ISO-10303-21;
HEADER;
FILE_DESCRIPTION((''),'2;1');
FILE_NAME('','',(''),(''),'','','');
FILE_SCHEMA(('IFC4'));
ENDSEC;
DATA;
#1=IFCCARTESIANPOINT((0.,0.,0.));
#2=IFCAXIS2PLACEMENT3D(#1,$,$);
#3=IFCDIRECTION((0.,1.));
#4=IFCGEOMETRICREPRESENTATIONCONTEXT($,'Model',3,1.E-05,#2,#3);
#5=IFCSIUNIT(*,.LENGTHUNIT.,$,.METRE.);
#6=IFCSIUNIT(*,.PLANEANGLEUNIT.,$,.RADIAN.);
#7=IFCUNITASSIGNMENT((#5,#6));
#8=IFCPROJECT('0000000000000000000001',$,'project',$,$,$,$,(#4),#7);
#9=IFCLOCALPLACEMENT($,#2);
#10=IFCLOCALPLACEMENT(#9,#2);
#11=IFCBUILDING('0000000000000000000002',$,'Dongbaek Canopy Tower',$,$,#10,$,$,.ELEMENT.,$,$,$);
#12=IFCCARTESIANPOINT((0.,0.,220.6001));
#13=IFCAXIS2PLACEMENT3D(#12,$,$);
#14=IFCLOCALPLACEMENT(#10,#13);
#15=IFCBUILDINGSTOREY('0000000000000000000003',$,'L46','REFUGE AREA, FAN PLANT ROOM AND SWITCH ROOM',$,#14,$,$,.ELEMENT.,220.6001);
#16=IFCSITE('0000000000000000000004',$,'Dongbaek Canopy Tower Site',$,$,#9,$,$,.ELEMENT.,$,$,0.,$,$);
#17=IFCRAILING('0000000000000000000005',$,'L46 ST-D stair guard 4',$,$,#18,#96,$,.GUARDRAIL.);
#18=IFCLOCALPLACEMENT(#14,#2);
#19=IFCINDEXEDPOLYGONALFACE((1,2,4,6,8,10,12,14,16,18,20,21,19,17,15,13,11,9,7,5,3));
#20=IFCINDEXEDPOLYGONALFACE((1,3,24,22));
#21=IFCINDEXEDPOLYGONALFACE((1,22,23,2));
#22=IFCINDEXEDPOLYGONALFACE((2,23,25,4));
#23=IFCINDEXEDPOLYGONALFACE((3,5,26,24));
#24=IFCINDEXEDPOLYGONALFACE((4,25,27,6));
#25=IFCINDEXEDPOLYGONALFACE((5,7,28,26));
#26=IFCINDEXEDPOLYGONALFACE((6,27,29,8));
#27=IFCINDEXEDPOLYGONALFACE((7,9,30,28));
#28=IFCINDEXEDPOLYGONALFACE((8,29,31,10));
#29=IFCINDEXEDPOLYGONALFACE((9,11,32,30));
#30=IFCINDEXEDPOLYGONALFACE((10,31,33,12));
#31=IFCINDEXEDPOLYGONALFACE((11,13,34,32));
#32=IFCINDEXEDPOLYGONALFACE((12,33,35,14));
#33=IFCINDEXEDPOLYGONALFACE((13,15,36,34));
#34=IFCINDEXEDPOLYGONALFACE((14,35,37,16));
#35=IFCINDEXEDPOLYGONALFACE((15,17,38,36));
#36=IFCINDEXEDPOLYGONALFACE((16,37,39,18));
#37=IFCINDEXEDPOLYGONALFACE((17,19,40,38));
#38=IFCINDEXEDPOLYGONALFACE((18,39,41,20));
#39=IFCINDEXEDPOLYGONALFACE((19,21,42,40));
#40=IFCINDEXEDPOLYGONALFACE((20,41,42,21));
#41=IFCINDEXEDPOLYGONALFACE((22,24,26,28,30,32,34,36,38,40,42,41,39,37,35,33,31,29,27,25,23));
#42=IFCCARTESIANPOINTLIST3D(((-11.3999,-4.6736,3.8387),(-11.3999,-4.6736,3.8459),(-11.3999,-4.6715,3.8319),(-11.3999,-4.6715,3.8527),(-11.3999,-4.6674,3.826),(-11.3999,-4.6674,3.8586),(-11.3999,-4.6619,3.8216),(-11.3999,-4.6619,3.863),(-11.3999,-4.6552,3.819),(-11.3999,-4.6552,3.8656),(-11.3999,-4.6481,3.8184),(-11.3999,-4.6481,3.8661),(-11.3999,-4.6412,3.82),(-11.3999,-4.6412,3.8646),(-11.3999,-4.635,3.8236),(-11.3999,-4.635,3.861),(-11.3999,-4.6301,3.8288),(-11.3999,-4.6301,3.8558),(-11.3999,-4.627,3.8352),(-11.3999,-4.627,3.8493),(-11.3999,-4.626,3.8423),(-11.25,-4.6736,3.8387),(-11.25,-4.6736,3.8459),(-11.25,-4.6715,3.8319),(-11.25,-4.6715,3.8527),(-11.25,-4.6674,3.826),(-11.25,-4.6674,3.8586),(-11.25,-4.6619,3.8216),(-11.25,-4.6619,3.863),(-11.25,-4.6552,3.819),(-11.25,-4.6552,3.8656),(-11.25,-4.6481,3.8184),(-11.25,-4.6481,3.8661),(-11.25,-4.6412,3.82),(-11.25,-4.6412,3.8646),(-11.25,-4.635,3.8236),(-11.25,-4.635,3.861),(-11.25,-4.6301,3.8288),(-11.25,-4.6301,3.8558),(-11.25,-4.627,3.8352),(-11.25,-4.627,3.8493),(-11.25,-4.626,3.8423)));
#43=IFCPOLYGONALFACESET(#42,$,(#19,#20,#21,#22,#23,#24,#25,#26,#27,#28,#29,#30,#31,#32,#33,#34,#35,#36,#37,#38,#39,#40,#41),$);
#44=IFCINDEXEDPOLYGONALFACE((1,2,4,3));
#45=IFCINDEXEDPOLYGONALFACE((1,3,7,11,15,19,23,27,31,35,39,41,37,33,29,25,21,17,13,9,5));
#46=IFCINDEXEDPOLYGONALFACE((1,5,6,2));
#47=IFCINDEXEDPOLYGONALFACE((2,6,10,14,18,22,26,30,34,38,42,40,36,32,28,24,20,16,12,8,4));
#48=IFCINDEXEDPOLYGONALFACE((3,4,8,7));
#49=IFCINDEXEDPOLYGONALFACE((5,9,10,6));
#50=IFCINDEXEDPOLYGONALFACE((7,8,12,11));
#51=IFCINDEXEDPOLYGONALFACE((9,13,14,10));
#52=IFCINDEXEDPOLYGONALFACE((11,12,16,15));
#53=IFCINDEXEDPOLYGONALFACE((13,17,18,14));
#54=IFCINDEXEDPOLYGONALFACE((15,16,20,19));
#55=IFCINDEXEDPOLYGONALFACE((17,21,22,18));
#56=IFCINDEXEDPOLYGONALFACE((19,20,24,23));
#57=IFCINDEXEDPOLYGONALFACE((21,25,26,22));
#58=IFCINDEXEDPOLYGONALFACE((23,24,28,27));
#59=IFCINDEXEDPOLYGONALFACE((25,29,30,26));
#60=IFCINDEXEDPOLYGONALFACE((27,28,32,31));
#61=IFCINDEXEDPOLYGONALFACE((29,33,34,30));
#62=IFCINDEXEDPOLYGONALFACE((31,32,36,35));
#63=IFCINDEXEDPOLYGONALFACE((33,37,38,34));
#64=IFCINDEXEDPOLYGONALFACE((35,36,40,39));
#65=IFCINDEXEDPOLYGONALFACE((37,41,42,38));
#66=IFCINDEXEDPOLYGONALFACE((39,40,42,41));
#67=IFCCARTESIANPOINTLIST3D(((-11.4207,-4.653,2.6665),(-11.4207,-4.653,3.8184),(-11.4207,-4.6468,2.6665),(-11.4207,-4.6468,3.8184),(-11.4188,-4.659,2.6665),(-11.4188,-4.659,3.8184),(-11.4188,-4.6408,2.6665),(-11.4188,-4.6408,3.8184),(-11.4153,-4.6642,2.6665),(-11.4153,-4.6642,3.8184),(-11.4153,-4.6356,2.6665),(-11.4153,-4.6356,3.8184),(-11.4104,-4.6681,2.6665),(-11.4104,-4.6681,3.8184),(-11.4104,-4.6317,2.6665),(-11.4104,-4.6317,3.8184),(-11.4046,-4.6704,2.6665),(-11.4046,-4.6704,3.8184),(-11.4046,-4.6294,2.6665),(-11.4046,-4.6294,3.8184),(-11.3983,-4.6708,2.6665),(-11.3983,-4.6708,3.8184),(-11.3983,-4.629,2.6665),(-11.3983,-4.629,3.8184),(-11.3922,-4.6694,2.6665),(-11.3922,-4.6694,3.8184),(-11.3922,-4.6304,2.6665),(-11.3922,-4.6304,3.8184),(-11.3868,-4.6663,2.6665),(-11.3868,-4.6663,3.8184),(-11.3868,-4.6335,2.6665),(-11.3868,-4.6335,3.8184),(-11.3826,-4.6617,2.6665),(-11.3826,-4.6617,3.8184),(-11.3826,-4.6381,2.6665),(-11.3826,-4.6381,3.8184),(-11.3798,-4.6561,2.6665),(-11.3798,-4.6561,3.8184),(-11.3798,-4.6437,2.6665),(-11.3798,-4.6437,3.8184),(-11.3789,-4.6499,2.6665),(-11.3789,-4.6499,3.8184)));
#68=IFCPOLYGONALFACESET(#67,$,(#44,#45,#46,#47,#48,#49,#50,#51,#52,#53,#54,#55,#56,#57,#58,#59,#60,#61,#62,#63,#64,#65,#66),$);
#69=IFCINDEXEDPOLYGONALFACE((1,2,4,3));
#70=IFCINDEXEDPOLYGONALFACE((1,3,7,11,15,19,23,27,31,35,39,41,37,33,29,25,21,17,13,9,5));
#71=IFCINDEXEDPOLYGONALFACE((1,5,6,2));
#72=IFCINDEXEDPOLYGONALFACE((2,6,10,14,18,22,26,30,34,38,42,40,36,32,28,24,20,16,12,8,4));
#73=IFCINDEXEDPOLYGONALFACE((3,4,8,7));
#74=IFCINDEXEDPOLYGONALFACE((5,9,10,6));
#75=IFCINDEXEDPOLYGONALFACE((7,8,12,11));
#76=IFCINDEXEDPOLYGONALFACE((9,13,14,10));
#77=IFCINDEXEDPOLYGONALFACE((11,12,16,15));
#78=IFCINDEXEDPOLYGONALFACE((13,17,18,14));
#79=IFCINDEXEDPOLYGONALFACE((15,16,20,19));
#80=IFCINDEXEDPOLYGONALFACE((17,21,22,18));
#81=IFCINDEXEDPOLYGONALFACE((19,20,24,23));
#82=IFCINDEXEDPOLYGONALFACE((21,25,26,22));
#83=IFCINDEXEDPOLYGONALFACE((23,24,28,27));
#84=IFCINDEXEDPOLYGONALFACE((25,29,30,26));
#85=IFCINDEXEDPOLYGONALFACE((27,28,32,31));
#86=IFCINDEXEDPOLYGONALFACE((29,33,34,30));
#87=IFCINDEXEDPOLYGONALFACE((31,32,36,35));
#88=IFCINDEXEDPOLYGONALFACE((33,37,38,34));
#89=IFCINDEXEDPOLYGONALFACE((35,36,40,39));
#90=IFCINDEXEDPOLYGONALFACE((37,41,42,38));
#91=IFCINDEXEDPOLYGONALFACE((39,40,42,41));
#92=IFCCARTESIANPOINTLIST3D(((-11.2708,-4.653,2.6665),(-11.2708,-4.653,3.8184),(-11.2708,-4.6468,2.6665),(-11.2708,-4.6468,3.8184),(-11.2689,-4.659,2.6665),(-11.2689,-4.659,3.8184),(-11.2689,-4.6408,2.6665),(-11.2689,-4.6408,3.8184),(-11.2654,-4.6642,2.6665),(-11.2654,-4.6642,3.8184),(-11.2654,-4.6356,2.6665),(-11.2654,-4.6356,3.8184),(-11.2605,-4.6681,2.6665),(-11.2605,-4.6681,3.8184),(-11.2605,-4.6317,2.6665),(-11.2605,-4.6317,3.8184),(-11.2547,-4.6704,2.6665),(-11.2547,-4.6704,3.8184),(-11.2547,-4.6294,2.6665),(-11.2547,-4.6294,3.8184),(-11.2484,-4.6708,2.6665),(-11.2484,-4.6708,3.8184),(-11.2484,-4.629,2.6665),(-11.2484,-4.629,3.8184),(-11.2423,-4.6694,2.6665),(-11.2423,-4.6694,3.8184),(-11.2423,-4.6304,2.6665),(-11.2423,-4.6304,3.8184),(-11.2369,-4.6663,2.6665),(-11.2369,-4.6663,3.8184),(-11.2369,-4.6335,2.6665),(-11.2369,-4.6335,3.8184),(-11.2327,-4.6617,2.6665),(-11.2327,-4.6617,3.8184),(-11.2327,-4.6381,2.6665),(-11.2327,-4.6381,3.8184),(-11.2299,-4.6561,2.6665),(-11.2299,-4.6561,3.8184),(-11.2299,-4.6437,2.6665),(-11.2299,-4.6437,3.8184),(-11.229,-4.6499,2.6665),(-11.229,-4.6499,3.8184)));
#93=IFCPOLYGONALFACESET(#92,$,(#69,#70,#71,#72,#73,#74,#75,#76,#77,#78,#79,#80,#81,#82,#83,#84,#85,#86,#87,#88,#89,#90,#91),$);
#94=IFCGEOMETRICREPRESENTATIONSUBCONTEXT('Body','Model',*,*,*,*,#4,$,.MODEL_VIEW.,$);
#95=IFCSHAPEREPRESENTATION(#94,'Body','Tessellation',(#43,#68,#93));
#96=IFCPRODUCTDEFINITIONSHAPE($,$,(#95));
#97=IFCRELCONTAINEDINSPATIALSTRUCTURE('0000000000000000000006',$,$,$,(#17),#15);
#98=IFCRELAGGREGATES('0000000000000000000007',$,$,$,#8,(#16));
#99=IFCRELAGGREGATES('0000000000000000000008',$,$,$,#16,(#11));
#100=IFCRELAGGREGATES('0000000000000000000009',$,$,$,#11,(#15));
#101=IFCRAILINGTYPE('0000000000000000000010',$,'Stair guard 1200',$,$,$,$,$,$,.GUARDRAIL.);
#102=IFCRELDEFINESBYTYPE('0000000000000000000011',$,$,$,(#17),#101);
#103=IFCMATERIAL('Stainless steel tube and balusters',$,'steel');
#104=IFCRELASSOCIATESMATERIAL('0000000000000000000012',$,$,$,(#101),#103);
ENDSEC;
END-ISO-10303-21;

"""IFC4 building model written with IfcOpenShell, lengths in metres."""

from ifc_helpers import new_model, si_unit, direction, frame, origin, origin_2d, place, context, subcontext, project, spatial, circle, extrude, material, type_object, element, save


model = new_model("IFC4")

# Units and contexts
model_context = context("Model", 3, precision=1e-05, world=origin(), true_north=direction((0.0, 1.0)))
body_context = subcontext(model_context, "Body", "Model", "MODEL_VIEW")
ifc_project = project(units=[si_unit("LENGTHUNIT", "METRE"), si_unit("PLANEANGLEUNIT", "RADIAN")], contexts=[model_context])

# Site, building, storey
site_placement = place(None, origin())
site = spatial("IfcSite", under=ifc_project, at=site_placement, Name="Dongbaek Canopy Tower Site", CompositionType="ELEMENT", RefElevation=0.0)
building_placement = place(site_placement, origin())
building = spatial("IfcBuilding", under=site, at=building_placement, Name="Dongbaek Canopy Tower", CompositionType="ELEMENT")
storey_placement = place(building_placement, frame((0.0, 0.0, 220.6001)))
storey = spatial("IfcBuildingStorey", under=building, at=storey_placement, Name="L46", Description="REFUGE AREA, FAN PLANT ROOM AND SWITCH ROOM", CompositionType="ELEMENT", Elevation=220.6001)

# Railing
ifc_material_1 = material(Name="Stainless steel tube and balusters", Category="steel")
railing_type_1 = type_object("IfcRailingType", Name="Stair guard 1200", PredefinedType="GUARDRAIL", material=ifc_material_1)
railing_1_placement = place(storey_placement, frame((-11.3999, -4.6499, 2.6665)))
element("IfcRailing", 1, at=railing_1_placement, inside=storey, type_object=railing_type_1, Name="L46 ST-D stair guard 4", PredefinedType="GUARDRAIL", context=body_context, shape_type="SweptSolid", body=[
    extrude(circle(Radius=0.0239, at=origin_2d()), frame((0.0, 0.0, 1.1758), z_axis=(1.0, 0.0, 0.0), x_axis=(0.0, 1.0, 0.0)), (0.0, 0.0, 1.0), 0.1499),
    extrude(circle(Radius=0.021, at=origin_2d()), origin(), (0.0, 0.0, 1.0), 1.1519),
    extrude(circle(Radius=0.021, at=origin_2d()), frame((0.1499, 0.0, 0.0)), (0.0, 0.0, 1.0), 1.1519),
])

save(model, "model.ifc")
